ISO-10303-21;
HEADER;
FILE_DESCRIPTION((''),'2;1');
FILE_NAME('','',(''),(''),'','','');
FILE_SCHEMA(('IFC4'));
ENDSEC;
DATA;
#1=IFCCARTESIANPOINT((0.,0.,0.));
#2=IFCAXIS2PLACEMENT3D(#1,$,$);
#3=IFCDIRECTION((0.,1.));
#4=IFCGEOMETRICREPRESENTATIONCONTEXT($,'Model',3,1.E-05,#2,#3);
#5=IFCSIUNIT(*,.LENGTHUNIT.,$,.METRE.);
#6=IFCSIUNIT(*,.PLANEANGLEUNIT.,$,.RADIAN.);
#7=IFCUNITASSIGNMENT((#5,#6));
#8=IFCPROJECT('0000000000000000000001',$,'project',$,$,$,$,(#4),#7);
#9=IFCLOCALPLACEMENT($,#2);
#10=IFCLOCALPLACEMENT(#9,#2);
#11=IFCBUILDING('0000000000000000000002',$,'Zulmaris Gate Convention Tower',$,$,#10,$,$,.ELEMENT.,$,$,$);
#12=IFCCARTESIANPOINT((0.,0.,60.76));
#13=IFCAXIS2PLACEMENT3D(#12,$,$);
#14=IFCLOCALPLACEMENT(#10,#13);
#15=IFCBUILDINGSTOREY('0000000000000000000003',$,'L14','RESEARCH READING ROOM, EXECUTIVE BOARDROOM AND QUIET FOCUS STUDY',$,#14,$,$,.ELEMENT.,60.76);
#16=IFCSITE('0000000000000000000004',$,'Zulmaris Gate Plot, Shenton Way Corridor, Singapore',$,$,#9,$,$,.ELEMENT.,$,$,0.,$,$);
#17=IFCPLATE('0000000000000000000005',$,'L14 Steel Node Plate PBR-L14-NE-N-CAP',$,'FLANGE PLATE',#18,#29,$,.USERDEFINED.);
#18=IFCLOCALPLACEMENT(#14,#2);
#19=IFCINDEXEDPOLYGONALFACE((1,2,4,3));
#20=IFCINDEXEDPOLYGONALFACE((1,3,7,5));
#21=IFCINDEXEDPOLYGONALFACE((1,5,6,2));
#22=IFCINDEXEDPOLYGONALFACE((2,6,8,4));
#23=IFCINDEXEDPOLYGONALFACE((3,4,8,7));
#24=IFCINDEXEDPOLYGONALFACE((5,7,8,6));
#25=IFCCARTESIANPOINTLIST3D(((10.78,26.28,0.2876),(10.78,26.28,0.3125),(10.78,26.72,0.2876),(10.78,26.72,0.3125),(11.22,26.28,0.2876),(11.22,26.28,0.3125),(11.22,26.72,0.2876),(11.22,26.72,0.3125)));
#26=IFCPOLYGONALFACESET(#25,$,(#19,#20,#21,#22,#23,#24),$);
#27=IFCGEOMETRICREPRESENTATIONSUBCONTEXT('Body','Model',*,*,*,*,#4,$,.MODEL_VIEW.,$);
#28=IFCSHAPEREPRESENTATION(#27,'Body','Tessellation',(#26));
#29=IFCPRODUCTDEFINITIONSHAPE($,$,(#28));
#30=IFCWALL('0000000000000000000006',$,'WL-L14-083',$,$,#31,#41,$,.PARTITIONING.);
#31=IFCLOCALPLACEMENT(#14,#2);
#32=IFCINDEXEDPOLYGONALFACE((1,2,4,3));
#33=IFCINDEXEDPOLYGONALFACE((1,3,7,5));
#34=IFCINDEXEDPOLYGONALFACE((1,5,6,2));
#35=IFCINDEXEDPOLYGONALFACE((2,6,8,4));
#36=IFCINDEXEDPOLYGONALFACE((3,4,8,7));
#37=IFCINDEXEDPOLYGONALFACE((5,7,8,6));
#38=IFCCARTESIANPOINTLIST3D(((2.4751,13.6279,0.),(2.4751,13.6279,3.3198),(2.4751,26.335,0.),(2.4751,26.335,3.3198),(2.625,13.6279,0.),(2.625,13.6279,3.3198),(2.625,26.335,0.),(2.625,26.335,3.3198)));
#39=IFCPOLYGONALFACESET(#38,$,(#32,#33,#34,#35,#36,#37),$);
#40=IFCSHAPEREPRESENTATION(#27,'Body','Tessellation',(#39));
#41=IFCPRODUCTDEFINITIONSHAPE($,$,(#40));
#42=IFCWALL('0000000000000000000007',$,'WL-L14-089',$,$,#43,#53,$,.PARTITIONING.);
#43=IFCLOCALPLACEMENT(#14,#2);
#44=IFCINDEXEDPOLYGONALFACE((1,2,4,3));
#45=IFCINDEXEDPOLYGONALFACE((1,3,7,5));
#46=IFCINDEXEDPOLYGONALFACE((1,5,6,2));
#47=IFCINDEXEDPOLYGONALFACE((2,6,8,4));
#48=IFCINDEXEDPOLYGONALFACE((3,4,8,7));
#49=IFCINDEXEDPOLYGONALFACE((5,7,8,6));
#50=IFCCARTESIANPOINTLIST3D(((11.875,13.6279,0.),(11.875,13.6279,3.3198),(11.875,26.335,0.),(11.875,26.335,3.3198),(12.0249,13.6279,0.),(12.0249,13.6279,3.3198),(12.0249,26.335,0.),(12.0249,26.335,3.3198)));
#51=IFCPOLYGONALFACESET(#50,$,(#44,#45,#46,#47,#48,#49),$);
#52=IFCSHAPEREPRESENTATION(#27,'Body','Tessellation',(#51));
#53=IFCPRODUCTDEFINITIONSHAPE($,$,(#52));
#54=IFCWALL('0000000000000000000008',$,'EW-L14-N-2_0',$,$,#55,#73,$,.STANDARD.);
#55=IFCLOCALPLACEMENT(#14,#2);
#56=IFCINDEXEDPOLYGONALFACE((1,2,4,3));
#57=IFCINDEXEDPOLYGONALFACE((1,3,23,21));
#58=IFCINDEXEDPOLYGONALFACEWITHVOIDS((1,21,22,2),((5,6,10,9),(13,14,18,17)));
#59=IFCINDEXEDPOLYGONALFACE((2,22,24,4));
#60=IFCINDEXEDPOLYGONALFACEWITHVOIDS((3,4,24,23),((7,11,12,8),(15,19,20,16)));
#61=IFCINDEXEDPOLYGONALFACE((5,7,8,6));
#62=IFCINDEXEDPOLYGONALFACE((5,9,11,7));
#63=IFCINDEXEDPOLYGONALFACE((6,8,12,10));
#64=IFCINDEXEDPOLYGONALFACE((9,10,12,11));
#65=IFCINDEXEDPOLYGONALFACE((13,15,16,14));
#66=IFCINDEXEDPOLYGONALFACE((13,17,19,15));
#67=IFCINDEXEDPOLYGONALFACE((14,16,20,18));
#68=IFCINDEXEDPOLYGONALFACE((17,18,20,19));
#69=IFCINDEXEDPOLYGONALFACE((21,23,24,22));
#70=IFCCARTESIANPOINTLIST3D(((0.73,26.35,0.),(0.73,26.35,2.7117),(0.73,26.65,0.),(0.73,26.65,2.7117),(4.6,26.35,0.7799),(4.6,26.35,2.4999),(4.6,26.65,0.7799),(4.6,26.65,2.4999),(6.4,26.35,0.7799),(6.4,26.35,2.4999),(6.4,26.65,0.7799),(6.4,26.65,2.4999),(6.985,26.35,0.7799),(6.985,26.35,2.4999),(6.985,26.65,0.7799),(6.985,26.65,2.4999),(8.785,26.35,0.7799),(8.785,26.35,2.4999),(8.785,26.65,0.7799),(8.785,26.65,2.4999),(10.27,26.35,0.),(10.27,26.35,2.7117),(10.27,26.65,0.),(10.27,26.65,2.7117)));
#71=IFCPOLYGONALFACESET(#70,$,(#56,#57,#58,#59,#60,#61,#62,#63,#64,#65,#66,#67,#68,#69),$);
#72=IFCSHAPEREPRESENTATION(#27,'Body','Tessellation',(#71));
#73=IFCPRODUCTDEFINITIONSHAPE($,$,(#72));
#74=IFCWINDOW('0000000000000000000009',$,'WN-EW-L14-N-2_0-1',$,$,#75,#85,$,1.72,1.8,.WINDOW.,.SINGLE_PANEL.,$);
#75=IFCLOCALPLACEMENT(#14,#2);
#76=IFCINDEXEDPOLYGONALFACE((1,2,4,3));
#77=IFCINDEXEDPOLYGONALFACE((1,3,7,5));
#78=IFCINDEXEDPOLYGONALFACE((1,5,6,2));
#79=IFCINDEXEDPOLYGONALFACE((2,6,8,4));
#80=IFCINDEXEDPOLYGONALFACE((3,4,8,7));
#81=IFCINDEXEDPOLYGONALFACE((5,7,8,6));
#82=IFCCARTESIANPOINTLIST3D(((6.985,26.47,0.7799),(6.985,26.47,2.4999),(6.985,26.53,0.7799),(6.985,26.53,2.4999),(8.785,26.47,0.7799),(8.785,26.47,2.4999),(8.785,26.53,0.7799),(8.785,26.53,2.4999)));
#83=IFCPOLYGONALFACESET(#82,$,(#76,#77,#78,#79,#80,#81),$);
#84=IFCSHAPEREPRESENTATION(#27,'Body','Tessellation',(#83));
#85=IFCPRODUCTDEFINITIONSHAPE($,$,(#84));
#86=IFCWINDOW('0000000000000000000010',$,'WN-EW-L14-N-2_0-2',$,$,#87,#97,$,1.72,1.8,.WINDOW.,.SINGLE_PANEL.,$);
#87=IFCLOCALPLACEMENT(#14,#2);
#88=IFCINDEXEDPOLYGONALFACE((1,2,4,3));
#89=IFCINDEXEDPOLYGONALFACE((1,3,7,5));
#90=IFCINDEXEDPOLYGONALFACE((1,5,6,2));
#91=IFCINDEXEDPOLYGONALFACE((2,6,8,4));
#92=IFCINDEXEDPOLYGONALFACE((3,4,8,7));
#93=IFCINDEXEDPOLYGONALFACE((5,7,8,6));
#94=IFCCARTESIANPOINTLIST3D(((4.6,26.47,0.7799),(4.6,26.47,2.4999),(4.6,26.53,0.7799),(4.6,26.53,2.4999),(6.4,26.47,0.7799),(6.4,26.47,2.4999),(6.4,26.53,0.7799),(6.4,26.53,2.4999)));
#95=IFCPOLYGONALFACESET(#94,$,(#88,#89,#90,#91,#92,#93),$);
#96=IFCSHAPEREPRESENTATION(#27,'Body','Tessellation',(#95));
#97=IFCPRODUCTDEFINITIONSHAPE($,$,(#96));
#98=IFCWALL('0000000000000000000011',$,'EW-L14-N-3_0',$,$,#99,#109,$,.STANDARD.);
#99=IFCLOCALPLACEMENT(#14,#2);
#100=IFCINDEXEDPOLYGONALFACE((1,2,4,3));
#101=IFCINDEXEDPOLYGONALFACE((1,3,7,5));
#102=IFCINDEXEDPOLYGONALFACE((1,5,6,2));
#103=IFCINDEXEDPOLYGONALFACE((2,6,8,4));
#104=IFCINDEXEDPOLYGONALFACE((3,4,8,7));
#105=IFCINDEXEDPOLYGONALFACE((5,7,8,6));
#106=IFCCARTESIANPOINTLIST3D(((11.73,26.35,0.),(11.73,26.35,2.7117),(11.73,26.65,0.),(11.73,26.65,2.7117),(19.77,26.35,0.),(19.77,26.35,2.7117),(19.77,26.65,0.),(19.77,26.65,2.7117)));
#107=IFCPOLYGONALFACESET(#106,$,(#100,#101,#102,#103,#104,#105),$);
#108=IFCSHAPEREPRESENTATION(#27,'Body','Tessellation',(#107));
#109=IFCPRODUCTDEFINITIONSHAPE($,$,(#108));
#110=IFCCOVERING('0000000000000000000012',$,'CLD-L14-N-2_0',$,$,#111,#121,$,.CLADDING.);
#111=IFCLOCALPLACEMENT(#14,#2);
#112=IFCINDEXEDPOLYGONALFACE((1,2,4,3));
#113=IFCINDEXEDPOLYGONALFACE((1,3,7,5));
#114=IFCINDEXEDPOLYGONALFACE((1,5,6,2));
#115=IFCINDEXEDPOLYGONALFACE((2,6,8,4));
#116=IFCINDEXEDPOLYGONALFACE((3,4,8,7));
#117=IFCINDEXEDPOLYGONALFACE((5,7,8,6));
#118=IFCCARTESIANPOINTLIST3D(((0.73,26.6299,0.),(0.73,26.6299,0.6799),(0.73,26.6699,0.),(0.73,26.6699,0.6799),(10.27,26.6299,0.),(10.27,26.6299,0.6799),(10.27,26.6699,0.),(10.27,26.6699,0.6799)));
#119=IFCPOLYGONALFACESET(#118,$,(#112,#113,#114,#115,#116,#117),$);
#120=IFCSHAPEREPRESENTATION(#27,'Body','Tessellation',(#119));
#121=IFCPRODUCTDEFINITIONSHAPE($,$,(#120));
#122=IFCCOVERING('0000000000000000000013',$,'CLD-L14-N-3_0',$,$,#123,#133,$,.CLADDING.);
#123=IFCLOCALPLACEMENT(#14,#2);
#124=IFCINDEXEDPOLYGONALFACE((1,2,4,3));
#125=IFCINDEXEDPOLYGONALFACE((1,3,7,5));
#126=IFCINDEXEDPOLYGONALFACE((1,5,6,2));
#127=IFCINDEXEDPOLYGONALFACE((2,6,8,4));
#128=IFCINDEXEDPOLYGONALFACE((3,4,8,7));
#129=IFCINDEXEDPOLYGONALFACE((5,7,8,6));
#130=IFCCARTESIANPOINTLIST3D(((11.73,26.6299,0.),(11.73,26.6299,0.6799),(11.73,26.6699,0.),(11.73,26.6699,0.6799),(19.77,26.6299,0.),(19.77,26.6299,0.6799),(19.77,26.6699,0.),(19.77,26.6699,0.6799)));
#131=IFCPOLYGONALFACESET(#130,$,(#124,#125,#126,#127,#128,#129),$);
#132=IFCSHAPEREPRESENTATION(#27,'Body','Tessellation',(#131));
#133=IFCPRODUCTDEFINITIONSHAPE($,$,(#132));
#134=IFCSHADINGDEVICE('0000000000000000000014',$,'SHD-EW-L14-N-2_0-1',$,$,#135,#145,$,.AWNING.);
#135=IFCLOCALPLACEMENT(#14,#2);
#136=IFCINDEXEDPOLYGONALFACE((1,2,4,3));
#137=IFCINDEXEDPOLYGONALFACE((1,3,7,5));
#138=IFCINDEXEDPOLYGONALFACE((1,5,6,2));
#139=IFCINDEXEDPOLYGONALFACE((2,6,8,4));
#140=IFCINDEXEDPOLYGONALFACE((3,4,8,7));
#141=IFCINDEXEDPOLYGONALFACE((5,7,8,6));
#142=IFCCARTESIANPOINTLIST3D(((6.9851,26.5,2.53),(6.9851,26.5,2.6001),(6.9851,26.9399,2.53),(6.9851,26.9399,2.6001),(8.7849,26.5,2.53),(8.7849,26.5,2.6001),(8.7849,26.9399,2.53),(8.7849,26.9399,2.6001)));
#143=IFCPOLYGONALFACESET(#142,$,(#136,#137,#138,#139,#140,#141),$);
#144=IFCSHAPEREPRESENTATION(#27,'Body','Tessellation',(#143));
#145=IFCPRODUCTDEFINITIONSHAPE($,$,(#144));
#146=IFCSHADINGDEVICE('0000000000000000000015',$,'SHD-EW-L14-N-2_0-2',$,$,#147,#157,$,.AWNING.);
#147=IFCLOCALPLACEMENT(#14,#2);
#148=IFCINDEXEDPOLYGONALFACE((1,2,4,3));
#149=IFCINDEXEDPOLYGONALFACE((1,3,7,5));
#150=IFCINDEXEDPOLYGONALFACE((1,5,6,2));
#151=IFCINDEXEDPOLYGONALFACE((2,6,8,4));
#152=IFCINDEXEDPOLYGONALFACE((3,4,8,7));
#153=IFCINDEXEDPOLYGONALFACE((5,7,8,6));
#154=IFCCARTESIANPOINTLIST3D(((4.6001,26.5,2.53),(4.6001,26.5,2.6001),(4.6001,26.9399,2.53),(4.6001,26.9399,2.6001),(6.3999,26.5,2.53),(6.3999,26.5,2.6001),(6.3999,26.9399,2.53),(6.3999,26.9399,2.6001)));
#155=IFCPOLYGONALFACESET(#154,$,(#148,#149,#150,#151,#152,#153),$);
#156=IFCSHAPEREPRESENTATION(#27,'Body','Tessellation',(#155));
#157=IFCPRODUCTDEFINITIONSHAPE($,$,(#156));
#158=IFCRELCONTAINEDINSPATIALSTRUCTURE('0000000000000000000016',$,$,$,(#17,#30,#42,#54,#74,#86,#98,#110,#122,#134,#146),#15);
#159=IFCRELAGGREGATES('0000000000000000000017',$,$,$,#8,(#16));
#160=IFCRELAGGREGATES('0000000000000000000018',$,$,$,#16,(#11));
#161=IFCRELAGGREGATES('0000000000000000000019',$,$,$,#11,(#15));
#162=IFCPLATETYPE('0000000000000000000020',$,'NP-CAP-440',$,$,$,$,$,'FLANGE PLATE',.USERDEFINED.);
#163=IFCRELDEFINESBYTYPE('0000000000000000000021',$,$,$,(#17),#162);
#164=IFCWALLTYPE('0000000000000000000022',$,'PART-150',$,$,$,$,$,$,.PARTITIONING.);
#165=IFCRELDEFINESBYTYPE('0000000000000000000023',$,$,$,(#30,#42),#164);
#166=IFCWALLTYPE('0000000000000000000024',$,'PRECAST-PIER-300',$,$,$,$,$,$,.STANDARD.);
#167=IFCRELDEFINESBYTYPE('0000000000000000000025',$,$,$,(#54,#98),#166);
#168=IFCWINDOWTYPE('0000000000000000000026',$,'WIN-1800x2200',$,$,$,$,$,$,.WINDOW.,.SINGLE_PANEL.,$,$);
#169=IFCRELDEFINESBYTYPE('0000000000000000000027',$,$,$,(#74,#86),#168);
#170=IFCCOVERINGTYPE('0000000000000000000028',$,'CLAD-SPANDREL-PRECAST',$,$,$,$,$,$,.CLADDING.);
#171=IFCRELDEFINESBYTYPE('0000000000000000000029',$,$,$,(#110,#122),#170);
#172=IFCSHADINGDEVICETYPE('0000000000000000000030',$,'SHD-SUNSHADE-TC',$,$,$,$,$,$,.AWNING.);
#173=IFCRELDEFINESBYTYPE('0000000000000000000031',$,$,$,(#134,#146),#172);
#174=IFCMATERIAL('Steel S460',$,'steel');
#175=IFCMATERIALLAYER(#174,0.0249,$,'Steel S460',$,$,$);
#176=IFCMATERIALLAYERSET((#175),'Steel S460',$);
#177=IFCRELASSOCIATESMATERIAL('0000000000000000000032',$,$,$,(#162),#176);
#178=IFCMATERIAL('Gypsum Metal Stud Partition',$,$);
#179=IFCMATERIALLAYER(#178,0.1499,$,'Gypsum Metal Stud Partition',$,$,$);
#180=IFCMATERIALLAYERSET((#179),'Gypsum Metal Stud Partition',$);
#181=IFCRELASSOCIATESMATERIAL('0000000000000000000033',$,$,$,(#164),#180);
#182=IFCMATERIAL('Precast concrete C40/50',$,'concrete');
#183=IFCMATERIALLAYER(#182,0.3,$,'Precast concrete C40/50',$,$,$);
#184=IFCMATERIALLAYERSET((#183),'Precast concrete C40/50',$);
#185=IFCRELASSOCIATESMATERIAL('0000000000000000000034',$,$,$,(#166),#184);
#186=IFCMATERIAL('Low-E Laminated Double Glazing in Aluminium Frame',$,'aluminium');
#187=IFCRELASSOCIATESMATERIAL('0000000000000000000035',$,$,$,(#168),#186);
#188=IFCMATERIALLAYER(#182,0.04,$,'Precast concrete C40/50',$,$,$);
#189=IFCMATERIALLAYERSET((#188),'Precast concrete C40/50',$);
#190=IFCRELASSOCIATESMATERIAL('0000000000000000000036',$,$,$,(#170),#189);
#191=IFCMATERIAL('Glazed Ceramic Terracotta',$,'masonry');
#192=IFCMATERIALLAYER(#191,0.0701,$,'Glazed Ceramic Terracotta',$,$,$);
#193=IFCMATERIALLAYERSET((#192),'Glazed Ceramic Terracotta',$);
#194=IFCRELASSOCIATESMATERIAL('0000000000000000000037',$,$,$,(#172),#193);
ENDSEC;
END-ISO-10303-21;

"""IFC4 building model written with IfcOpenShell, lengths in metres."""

from ifc_helpers import new_model, si_unit, direction, frame, frame_2d, origin, origin_2d, place, context, subcontext, project, spatial, rectangle, extrude, material, layer, layer_set, type_object, element, fill, save


model = new_model("IFC4")

# Units and contexts
model_context = context("Model", 3, precision=1e-05, world=origin(), true_north=direction((0.0, 1.0)))
body_context = subcontext(model_context, "Body", "Model", "MODEL_VIEW")
ifc_project = project(units=[si_unit("LENGTHUNIT", "METRE"), si_unit("PLANEANGLEUNIT", "RADIAN")], contexts=[model_context])

# Site, building, storey
site_placement = place(None, origin())
site = spatial("IfcSite", under=ifc_project, at=site_placement, Name="Zulmaris Gate Plot, Shenton Way Corridor, Singapore", CompositionType="ELEMENT", RefElevation=0.0)
building_placement = place(site_placement, origin())
building = spatial("IfcBuilding", under=site, at=building_placement, Name="Zulmaris Gate Convention Tower", CompositionType="ELEMENT")
storey_placement = place(building_placement, frame((0.0, 0.0, 60.76)))
storey = spatial("IfcBuildingStorey", under=building, at=storey_placement, Name="L14", Description="RESEARCH READING ROOM, EXECUTIVE BOARDROOM AND QUIET FOCUS STUDY", CompositionType="ELEMENT", Elevation=60.76)

# Shared definitions
ifc_material_1 = material(Name="Steel S460", Category="steel")

# Plate
ifc_layer_1 = layer(ifc_material_1, 0.0249, Name="Steel S460")
ifc_layer_set_1 = layer_set([ifc_layer_1], Name="Steel S460")
plate_type = type_object("IfcPlateType", Name="NP-CAP-440", ElementType="FLANGE PLATE", PredefinedType="USERDEFINED", material=ifc_layer_set_1)
plate_placement = place(storey_placement, frame((11.0, 26.5, 0.2876), z_axis=(0.0, 0.0, 1.0), x_axis=(1.0, 0.0, 0.0)))
element("IfcPlate", 1, at=plate_placement, inside=storey, type_object=plate_type, Name="L14 Steel Node Plate PBR-L14-NE-N-CAP", ObjectType="FLANGE PLATE", PredefinedType="USERDEFINED", context=body_context, shape_type="SweptSolid", body=[
    extrude(rectangle(XDim=0.4399, YDim=0.4399, at=origin_2d()), origin(), (0.0, 0.0, 1.0), 0.0249),
])

# Walls
ifc_material_2 = material(Name="Gypsum Metal Stud Partition")
ifc_layer_2 = layer(ifc_material_2, 0.1499, Name="Gypsum Metal Stud Partition")
ifc_layer_set_2 = layer_set([ifc_layer_2], Name="Gypsum Metal Stud Partition")
wall_type_1 = type_object("IfcWallType", Name="PART-150", PredefinedType="PARTITIONING", material=ifc_layer_set_2)
for number, where, z_axis, x_axis, name in (
    (2, (2.55, 13.6279, 0.0), (0.0, 0.0, 1.0), (0.0, 1.0, 0.0), "WL-L14-083"),
    (3, (11.95, 13.6279, 0.0), (0.0, 0.0, 1.0), (0.0, 1.0, 0.0), "WL-L14-089"),
):
    element("IfcWall", number, at=place(storey_placement, frame(where, z_axis=z_axis, x_axis=x_axis)), inside=storey, type_object=wall_type_1, Name=name, PredefinedType="PARTITIONING", context=body_context, shape_type="SweptSolid", body=[
        extrude(rectangle(XDim=12.707, YDim=0.1499, at=frame_2d((6.3535, 0.0))), origin(), (0.0, 0.0, 1.0), 3.3198),
    ])

# Wall, openings, windows
ifc_material_3 = material(Name="Precast concrete C40/50", Category="concrete")
ifc_layer_3 = layer(ifc_material_3, 0.3, Name="Precast concrete C40/50")
ifc_layer_set_3 = layer_set([ifc_layer_3], Name="Precast concrete C40/50")
wall_type_2 = type_object("IfcWallType", Name="PRECAST-PIER-300", PredefinedType="STANDARD", material=ifc_layer_set_3)
wall_1_placement = place(storey_placement, frame((10.27, 26.5, 0.0), z_axis=(0.0, 0.0, 1.0), x_axis=(-1.0, 0.0, 0.0)))
wall_1 = element("IfcWall", 4, at=wall_1_placement, inside=storey, type_object=wall_type_2, Name="EW-L14-N-2_0", PredefinedType="STANDARD", context=body_context, shape_type="SweptSolid", body=[
    extrude(rectangle(XDim=9.54, YDim=0.3, at=frame_2d((4.77, 0.0))), origin(), (0.0, 0.0, 1.0), 2.7117),
])
opening_1_placement = place(wall_1_placement, frame((1.4851, 0.0, 0.78)))
opening_1 = element("IfcOpeningElement", 5, at=opening_1_placement, cuts=wall_1, PredefinedType="OPENING", context=body_context, shape_type="SweptSolid", body=[
    extrude(rectangle(XDim=1.8, YDim=1.72, at=frame_2d((0.8999, 0.8599))), frame((0.0, 0.1602, 0.0), z_axis=(0.0, -1.0, 0.0), x_axis=(1.0, 0.0, 0.0)), (0.0, 0.0, 1.0), 0.3201),
])
opening_2_placement = place(wall_1_placement, frame((3.8701, 0.0, 0.78)))
opening_2 = element("IfcOpeningElement", 6, at=opening_2_placement, cuts=wall_1, PredefinedType="OPENING", context=body_context, shape_type="SweptSolid", body=[
    extrude(rectangle(XDim=1.8, YDim=1.72, at=frame_2d((0.8999, 0.8599))), frame((0.0, 0.1602, 0.0), z_axis=(0.0, -1.0, 0.0), x_axis=(1.0, 0.0, 0.0)), (0.0, 0.0, 1.0), 0.3201),
])
ifc_material_4 = material(Name="Low-E Laminated Double Glazing in Aluminium Frame", Category="aluminium")
window_type = type_object("IfcWindowType", Name="WIN-1800x2200", PartitioningType="SINGLE_PANEL", PredefinedType="WINDOW", material=ifc_material_4)
window_1_placement = place(opening_1_placement, origin())
window_1 = element("IfcWindow", 7, at=window_1_placement, inside=storey, type_object=window_type, Name="WN-EW-L14-N-2_0-1", OverallHeight=1.72, OverallWidth=1.8, PartitioningType="SINGLE_PANEL", PredefinedType="WINDOW", context=body_context, shape_type="SweptSolid", body=[
    extrude(rectangle(XDim=1.8, YDim=1.72, at=frame_2d((0.8999, 0.8599))), frame((0.0, 0.03, 0.0), z_axis=(0.0, -1.0, 0.0), x_axis=(1.0, 0.0, 0.0)), (0.0, 0.0, 1.0), 0.0601),
])
fill(opening_1, window_1)
window_2_placement = place(opening_2_placement, origin())
window_2 = element("IfcWindow", 8, at=window_2_placement, inside=storey, type_object=window_type, Name="WN-EW-L14-N-2_0-2", OverallHeight=1.72, OverallWidth=1.8, PartitioningType="SINGLE_PANEL", PredefinedType="WINDOW", context=body_context, shape_type="SweptSolid", body=[
    extrude(rectangle(XDim=1.8, YDim=1.72, at=frame_2d((0.8999, 0.8599))), frame((0.0, 0.03, 0.0), z_axis=(0.0, -1.0, 0.0), x_axis=(1.0, 0.0, 0.0)), (0.0, 0.0, 1.0), 0.0601),
])
fill(opening_2, window_2)

# Wall
wall_2_placement = place(storey_placement, frame((19.77, 26.5, 0.0), z_axis=(0.0, 0.0, 1.0), x_axis=(-1.0, 0.0, 0.0)))
element("IfcWall", 9, at=wall_2_placement, inside=storey, type_object=wall_type_2, Name="EW-L14-N-3_0", PredefinedType="STANDARD", context=body_context, shape_type="SweptSolid", body=[
    extrude(rectangle(XDim=8.04, YDim=0.3, at=frame_2d((4.02, 0.0))), origin(), (0.0, 0.0, 1.0), 2.7117),
])

# Coverings
ifc_layer_4 = layer(ifc_material_3, 0.04, Name="Precast concrete C40/50")
ifc_layer_set_4 = layer_set([ifc_layer_4], Name="Precast concrete C40/50")
covering_type = type_object("IfcCoveringType", Name="CLAD-SPANDREL-PRECAST", PredefinedType="CLADDING", material=ifc_layer_set_4)
covering_1_placement = place(storey_placement, frame((10.27, 26.6499, 0.0), z_axis=(0.0, 0.0, 1.0), x_axis=(-1.0, 0.0, 0.0)))
element("IfcCovering", 10, at=covering_1_placement, inside=storey, type_object=covering_type, Name="CLD-L14-N-2_0", PredefinedType="CLADDING", context=body_context, shape_type="SweptSolid", body=[
    extrude(rectangle(XDim=9.54, YDim=0.04, at=frame_2d((4.77, 0.0))), origin(), (0.0, 0.0, 1.0), 0.6799),
])
covering_2_placement = place(storey_placement, frame((19.77, 26.6499, 0.0), z_axis=(0.0, 0.0, 1.0), x_axis=(-1.0, 0.0, 0.0)))
element("IfcCovering", 11, at=covering_2_placement, inside=storey, type_object=covering_type, Name="CLD-L14-N-3_0", PredefinedType="CLADDING", context=body_context, shape_type="SweptSolid", body=[
    extrude(rectangle(XDim=8.04, YDim=0.04, at=frame_2d((4.02, 0.0))), origin(), (0.0, 0.0, 1.0), 0.6799),
])

# Shading devices
ifc_material_5 = material(Name="Glazed Ceramic Terracotta", Category="masonry")
ifc_layer_5 = layer(ifc_material_5, 0.0701, Name="Glazed Ceramic Terracotta")
ifc_layer_set_5 = layer_set([ifc_layer_5], Name="Glazed Ceramic Terracotta")
shading_device_type = type_object("IfcShadingDeviceType", Name="SHD-SUNSHADE-TC", PredefinedType="AWNING", material=ifc_layer_set_5)
for number, where, z_axis, x_axis, name in (
    (12, (8.7849, 26.72, 2.53), (0.0, 0.0, 1.0), (-1.0, 0.0, 0.0), "SHD-EW-L14-N-2_0-1"),
    (13, (6.3999, 26.72, 2.53), (0.0, 0.0, 1.0), (-1.0, 0.0, 0.0), "SHD-EW-L14-N-2_0-2"),
):
    element("IfcShadingDevice", number, at=place(storey_placement, frame(where, z_axis=z_axis, x_axis=x_axis)), inside=storey, type_object=shading_device_type, Name=name, PredefinedType="AWNING", context=body_context, shape_type="SweptSolid", body=[
        extrude(rectangle(XDim=1.7998, YDim=0.4399, at=frame_2d((0.8999, 0.0))), origin(), (0.0, 0.0, 1.0), 0.0701),
    ])

save(model, "model.ifc")
